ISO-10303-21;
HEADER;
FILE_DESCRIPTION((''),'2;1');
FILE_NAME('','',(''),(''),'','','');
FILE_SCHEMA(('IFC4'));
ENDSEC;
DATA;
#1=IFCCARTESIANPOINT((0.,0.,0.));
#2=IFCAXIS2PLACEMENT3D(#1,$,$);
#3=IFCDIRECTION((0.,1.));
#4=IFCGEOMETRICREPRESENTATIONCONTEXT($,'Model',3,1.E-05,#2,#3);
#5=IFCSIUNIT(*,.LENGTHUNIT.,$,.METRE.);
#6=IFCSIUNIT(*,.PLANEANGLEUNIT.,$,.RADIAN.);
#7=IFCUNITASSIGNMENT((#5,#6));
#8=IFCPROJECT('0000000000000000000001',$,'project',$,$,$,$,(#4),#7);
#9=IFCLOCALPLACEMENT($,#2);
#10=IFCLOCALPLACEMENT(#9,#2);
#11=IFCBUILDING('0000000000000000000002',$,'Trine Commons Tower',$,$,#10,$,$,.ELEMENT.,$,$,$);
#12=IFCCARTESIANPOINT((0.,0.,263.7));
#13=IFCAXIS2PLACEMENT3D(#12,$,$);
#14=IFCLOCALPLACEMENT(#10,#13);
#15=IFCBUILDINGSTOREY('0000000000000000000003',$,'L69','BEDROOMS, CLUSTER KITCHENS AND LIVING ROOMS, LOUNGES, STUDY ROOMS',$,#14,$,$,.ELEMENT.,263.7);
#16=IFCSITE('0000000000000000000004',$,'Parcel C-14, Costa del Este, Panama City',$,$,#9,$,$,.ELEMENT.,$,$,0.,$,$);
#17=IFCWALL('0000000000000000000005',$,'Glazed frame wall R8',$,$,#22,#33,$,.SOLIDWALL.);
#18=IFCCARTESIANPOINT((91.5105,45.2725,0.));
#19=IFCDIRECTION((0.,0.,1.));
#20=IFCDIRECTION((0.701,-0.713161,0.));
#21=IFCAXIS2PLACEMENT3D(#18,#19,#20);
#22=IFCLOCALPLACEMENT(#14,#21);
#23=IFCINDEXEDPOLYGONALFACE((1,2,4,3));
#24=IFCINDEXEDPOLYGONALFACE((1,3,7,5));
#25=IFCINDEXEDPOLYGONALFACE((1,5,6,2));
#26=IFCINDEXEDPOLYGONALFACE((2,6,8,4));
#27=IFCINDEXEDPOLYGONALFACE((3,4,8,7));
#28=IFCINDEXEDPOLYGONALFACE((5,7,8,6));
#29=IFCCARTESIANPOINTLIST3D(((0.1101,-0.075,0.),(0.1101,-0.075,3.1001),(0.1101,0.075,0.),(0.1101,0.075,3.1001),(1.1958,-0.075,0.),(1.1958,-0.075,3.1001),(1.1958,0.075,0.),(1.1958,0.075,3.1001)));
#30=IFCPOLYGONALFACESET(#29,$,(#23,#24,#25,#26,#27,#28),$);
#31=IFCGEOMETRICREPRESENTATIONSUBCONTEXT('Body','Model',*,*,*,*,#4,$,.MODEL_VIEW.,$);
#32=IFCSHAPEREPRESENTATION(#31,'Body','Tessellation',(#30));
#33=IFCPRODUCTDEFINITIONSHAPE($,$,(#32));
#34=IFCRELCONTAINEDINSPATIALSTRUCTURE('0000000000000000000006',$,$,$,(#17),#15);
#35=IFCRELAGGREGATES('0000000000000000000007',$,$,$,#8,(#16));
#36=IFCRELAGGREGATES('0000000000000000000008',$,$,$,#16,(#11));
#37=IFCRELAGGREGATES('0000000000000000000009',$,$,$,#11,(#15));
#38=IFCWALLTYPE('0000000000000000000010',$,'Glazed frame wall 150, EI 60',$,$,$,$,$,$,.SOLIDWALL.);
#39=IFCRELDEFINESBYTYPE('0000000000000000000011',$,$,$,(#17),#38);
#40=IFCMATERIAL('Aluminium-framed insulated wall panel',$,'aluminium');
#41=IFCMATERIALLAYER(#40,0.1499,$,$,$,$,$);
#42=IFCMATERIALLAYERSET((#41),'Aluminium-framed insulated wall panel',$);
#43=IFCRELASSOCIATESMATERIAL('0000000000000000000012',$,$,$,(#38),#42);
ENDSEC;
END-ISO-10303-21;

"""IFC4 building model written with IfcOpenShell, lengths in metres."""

from ifc_helpers import new_model, si_unit, direction, frame, origin, place, context, subcontext, project, spatial, polyline, outline, extrude, material, layer, layer_set, type_object, element, save


model = new_model("IFC4")

# Units and contexts
model_context = context("Model", 3, precision=1e-05, world=origin(), true_north=direction((0.0, 1.0)))
body_context = subcontext(model_context, "Body", "Model", "MODEL_VIEW")
ifc_project = project(units=[si_unit("LENGTHUNIT", "METRE"), si_unit("PLANEANGLEUNIT", "RADIAN")], contexts=[model_context])

# Site, building, storey
site_placement = place(None, origin())
site = spatial("IfcSite", under=ifc_project, at=site_placement, Name="Parcel C-14, Costa del Este, Panama City", CompositionType="ELEMENT", RefElevation=0.0)
building_placement = place(site_placement, origin())
building = spatial("IfcBuilding", under=site, at=building_placement, Name="Trine Commons Tower", CompositionType="ELEMENT")
storey_placement = place(building_placement, frame((0.0, 0.0, 263.7)))
storey = spatial("IfcBuildingStorey", under=building, at=storey_placement, Name="L69", Description="BEDROOMS, CLUSTER KITCHENS AND LIVING ROOMS, LOUNGES, STUDY ROOMS", CompositionType="ELEMENT", Elevation=263.7)

# Shared definitions
ifc_material_1 = material(Name="Aluminium-framed insulated wall panel", Category="aluminium")
ifc_layer_1 = layer(ifc_material_1, 0.1499)
ifc_layer_set_1 = layer_set([ifc_layer_1], Name="Aluminium-framed insulated wall panel")
wall_type_1 = type_object("IfcWallType", Name="Glazed frame wall 150, EI 60", PredefinedType="SOLIDWALL", material=ifc_layer_set_1)

# Wall
wall_1_placement = place(storey_placement, frame((91.5105, 45.2725, 0.0), z_axis=(0.0, 0.0, 1.0), x_axis=(0.701, -0.713161, 0.0)))
element("IfcWall", 1, at=wall_1_placement, inside=storey, type_object=wall_type_1, Name="Glazed frame wall R8", PredefinedType="SOLIDWALL", context=body_context, shape_type="SweptSolid", body=[
    extrude(outline(polyline([(0.1101, 0.075), (0.1101, -0.075), (1.1958, -0.075), (1.1958, 0.075), (0.1101, 0.075)])), origin(), (0.0, 0.0, 1.0), 3.1001),
])

save(model, "model.ifc")
